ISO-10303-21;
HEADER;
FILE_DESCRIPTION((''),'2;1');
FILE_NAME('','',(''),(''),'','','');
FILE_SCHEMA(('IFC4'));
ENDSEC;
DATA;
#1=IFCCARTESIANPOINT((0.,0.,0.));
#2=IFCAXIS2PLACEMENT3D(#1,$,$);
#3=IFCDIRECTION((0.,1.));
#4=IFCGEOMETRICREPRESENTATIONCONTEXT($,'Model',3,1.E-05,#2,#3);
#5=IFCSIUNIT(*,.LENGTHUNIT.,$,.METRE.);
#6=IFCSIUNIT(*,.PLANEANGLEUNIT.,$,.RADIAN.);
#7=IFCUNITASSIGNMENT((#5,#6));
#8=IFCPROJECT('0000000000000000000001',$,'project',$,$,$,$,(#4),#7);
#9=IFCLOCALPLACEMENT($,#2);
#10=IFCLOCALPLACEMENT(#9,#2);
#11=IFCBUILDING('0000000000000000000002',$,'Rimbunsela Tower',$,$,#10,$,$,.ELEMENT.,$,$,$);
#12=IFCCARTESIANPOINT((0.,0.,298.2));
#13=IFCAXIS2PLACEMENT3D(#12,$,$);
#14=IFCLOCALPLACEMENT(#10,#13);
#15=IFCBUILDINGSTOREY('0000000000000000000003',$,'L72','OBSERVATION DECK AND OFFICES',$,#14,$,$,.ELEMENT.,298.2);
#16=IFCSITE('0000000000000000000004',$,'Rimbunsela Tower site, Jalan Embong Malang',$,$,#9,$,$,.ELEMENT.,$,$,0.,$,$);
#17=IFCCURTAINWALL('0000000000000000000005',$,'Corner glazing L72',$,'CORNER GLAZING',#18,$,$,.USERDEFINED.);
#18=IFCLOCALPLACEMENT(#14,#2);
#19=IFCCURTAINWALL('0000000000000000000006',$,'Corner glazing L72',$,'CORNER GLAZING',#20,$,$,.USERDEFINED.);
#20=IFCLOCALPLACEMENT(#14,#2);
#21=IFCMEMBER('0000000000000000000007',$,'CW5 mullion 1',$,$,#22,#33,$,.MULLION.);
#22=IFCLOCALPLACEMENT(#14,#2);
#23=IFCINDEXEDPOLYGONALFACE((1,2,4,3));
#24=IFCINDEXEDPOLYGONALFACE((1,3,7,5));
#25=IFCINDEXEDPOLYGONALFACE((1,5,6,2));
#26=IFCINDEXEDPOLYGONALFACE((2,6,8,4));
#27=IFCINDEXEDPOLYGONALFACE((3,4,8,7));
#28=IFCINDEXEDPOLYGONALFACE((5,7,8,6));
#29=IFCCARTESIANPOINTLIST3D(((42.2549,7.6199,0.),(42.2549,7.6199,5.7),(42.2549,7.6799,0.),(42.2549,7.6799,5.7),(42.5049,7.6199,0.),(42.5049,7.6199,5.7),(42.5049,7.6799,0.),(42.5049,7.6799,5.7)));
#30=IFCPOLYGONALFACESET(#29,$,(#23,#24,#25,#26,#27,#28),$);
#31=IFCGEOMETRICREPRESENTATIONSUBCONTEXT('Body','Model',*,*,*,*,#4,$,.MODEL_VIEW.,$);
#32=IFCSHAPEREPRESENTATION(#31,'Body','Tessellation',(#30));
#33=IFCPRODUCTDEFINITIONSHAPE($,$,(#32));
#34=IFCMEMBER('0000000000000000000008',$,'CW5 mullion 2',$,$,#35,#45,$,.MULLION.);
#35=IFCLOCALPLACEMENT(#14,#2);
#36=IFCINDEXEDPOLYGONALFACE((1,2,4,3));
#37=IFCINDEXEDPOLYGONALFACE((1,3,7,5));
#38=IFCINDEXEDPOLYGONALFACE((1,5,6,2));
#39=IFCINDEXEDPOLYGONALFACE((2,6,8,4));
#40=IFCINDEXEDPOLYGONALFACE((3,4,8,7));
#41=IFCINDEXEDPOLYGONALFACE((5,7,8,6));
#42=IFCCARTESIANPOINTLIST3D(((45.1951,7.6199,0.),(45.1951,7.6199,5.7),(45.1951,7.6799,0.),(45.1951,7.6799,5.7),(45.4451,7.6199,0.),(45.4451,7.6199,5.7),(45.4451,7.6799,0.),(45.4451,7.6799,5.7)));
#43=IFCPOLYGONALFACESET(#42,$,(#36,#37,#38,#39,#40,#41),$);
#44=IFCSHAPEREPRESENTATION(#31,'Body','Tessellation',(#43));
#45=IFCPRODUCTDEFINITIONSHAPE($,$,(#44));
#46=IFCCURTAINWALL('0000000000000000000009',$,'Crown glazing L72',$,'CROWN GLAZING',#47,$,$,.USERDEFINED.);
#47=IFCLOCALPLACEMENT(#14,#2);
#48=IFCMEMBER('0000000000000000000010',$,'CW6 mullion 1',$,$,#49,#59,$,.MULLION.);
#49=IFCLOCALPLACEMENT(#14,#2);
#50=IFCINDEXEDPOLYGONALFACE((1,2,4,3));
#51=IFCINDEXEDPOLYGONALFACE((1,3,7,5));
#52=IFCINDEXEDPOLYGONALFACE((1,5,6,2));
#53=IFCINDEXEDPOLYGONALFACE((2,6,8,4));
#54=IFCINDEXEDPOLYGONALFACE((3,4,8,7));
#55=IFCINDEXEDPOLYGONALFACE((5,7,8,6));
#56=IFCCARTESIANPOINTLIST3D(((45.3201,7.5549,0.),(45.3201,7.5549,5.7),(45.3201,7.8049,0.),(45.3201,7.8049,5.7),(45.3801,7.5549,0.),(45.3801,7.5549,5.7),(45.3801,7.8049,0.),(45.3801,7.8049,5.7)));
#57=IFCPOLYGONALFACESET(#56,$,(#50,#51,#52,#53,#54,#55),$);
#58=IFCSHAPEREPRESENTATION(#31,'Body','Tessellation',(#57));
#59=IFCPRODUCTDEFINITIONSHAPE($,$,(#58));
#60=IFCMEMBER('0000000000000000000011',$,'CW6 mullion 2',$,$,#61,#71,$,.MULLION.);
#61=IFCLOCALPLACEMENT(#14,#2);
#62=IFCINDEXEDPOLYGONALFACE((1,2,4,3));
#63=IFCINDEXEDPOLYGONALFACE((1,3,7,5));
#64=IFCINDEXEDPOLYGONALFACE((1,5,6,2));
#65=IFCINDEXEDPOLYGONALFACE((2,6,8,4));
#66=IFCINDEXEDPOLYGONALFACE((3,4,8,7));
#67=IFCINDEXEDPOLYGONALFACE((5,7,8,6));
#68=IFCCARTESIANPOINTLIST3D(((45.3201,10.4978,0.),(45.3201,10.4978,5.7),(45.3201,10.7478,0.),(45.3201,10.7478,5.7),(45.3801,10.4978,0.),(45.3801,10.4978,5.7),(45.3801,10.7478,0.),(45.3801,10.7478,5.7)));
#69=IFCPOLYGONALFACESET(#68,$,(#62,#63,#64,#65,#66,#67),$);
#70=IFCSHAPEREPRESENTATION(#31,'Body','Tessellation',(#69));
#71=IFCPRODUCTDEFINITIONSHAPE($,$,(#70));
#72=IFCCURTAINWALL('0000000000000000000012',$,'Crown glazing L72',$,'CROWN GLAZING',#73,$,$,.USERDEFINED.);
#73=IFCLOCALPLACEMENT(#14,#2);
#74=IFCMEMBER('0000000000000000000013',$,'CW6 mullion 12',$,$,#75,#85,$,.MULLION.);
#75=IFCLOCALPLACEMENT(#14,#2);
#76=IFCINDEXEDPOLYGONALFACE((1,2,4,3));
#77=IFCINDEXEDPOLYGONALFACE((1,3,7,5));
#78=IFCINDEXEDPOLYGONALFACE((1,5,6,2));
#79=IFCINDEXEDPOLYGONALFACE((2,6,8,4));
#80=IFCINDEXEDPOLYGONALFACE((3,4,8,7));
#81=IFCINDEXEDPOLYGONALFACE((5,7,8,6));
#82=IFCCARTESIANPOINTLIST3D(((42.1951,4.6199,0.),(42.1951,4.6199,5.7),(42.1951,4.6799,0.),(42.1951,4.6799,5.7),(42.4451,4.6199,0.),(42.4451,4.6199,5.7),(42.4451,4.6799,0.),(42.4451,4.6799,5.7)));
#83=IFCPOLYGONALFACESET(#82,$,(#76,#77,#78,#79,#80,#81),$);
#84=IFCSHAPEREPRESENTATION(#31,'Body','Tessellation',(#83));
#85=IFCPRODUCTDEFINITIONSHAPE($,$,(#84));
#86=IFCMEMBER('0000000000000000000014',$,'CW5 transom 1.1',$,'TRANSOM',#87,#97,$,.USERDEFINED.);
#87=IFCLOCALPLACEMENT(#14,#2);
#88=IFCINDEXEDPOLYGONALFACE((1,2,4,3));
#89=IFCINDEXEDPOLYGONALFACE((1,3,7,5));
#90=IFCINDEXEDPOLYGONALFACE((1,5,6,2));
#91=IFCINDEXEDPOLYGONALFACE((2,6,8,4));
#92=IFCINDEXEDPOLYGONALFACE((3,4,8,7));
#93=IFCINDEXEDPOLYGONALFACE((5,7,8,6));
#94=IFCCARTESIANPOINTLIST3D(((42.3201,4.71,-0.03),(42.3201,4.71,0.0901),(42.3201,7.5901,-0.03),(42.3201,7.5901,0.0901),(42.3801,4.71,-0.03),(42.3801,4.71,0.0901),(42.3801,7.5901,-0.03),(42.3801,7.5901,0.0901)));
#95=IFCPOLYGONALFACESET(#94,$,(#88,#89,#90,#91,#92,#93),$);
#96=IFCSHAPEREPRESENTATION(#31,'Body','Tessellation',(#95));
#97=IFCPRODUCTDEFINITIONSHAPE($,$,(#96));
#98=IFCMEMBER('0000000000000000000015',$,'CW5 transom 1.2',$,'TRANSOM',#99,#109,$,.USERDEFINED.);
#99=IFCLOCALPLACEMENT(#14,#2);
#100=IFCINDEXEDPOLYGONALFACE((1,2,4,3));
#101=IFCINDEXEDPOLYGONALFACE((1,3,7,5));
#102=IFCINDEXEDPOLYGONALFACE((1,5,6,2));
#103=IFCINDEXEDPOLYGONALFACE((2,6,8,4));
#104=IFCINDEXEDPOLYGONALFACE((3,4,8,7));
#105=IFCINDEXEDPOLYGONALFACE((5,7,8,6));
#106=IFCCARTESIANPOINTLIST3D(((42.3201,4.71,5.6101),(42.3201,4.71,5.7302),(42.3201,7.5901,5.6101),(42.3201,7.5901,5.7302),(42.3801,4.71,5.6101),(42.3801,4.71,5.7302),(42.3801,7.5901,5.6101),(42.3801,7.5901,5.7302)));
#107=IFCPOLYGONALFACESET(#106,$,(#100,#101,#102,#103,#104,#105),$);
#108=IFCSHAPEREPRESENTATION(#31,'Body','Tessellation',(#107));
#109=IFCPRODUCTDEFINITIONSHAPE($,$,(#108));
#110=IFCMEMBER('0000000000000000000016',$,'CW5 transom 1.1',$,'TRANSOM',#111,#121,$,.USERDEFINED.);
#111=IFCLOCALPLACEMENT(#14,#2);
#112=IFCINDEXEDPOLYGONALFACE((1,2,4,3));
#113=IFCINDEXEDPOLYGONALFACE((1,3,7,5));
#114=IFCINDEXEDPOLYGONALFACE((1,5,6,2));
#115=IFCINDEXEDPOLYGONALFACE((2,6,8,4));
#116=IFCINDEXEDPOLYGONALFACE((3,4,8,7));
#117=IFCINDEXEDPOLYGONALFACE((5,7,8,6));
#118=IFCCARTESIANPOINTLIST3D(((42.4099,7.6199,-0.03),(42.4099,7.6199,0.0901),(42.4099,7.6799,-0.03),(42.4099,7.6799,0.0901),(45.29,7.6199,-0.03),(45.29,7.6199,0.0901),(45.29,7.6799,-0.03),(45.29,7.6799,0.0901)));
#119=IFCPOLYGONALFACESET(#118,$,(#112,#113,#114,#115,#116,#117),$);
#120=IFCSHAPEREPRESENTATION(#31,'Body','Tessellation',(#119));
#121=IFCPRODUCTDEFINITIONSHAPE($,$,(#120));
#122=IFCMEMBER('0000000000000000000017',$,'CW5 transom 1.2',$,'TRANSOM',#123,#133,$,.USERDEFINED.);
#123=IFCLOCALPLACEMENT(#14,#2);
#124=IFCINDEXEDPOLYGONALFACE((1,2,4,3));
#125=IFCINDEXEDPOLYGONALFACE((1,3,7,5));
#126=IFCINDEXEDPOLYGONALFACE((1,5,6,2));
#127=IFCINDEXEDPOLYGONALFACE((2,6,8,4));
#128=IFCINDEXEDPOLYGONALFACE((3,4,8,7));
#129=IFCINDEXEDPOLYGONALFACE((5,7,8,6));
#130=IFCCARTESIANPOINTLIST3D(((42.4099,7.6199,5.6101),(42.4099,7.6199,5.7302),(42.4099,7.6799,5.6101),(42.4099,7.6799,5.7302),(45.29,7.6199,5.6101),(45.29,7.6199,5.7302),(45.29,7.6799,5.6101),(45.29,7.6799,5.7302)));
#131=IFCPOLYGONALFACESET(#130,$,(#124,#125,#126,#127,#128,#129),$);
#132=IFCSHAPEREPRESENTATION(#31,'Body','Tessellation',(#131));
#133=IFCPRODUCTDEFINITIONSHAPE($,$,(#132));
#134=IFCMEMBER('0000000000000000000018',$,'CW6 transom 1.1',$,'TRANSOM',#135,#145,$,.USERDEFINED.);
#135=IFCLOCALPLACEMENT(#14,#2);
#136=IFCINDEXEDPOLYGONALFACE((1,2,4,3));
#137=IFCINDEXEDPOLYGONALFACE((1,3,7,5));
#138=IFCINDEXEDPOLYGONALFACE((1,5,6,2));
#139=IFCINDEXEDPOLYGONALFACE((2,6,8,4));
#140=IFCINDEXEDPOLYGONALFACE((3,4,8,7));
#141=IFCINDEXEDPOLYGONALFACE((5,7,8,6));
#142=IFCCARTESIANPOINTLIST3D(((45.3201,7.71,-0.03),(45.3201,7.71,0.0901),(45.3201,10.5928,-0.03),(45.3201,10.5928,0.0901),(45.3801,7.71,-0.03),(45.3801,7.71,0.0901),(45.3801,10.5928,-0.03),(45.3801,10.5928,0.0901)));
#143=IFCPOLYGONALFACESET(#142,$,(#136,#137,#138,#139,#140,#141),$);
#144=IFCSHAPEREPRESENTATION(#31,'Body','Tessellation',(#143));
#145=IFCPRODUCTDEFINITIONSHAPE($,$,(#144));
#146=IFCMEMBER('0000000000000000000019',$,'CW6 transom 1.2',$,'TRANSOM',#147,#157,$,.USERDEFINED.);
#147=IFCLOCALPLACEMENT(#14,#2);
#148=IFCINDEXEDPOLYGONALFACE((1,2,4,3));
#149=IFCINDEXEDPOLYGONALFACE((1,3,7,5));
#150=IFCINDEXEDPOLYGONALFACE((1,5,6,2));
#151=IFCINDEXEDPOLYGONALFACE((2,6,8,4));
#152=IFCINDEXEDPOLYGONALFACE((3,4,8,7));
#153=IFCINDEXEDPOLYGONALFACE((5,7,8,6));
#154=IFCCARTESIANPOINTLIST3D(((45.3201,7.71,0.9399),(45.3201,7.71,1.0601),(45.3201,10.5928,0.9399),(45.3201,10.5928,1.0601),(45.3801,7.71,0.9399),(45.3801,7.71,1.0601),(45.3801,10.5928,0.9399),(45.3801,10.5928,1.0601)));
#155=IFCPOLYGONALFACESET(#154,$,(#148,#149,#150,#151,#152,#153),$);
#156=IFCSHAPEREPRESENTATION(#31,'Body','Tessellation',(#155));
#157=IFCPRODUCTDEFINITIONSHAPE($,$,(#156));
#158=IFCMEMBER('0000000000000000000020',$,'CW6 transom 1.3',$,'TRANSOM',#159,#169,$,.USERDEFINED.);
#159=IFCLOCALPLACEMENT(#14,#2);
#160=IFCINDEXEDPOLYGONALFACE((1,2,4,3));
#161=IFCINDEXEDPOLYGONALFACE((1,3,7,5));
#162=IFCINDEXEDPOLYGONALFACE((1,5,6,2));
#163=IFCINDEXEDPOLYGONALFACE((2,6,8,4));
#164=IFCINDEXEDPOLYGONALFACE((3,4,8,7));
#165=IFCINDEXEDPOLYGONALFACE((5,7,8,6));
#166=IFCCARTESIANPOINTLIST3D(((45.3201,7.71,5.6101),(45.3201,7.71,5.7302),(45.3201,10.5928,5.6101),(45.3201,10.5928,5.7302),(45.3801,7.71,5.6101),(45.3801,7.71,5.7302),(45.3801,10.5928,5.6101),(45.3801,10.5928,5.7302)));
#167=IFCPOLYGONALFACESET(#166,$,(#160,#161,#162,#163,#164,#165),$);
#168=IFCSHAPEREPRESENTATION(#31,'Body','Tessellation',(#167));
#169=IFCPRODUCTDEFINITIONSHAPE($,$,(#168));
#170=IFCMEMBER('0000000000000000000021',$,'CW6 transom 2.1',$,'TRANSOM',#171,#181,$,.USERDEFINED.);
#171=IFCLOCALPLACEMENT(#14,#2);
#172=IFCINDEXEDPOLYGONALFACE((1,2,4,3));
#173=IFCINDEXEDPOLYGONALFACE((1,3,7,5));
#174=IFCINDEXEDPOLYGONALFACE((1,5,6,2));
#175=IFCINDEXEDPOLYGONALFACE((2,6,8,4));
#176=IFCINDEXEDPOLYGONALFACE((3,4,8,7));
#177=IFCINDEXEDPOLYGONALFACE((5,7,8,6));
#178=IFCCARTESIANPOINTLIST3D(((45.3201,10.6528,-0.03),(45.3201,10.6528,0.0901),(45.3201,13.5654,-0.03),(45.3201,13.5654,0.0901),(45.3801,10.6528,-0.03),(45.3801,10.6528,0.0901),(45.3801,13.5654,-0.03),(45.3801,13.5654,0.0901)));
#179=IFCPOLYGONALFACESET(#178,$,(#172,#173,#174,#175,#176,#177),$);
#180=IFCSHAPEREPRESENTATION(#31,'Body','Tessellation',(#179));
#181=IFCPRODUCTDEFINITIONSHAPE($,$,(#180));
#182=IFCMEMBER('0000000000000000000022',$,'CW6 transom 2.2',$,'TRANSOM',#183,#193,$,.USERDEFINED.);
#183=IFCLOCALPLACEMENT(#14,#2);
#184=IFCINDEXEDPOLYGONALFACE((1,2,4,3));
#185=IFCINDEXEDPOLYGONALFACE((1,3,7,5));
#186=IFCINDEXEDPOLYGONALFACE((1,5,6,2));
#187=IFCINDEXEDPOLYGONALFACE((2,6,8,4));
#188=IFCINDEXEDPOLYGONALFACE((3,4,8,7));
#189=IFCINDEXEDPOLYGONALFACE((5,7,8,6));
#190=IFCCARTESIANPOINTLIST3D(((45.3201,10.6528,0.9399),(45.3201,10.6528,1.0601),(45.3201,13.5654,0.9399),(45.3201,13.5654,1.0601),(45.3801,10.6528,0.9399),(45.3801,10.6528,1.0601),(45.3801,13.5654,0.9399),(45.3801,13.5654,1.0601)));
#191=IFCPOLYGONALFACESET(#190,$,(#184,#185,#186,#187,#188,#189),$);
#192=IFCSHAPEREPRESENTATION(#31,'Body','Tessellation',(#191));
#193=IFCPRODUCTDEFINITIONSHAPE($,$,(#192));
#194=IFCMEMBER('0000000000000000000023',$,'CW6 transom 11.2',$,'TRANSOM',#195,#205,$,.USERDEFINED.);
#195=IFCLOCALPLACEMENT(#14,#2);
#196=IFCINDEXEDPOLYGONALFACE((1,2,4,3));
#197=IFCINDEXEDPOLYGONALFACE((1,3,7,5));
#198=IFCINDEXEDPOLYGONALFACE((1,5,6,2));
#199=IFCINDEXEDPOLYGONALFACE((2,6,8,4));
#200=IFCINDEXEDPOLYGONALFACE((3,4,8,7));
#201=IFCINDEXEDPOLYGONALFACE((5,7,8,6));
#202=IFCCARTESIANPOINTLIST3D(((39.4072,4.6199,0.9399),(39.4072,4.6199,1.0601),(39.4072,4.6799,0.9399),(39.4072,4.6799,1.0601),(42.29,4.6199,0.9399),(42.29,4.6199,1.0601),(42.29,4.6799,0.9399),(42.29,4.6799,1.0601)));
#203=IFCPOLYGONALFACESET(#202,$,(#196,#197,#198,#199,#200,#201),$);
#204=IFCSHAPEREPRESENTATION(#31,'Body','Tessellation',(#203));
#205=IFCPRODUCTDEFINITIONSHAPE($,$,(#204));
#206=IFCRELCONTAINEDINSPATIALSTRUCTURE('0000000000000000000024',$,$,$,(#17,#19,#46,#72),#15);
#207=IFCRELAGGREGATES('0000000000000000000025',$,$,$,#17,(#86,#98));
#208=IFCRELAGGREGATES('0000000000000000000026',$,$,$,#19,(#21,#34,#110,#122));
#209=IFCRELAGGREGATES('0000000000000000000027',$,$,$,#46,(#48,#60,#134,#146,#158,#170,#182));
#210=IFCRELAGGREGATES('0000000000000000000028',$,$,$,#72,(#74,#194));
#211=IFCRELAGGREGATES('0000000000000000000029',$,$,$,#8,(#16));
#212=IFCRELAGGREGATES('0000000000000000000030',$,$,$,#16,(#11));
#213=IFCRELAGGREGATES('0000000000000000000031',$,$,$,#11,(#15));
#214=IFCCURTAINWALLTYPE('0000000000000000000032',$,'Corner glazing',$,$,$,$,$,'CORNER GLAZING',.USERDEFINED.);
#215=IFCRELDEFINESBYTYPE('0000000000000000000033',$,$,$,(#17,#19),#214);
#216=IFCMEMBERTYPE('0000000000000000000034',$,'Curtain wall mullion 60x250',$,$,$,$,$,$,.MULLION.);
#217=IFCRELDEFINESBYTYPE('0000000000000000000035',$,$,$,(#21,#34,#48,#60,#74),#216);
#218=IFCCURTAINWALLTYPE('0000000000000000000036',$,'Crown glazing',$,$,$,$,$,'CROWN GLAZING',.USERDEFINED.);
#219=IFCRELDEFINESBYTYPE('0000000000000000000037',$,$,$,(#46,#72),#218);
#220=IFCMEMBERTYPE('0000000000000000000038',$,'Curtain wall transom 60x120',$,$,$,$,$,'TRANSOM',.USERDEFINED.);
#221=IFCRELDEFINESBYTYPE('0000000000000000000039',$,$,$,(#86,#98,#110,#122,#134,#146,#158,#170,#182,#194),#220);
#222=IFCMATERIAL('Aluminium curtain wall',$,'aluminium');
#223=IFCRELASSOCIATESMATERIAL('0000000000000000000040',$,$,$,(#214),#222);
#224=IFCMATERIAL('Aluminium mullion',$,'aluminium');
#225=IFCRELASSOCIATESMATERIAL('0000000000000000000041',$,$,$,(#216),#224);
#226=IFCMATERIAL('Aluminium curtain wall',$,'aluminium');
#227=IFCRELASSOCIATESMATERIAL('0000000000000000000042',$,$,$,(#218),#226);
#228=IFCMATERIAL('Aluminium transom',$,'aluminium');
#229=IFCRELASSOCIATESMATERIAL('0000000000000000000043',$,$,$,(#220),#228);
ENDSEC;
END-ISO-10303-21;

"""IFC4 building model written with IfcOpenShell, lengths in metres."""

from ifc_helpers import new_model, si_unit, direction, frame, origin, origin_2d, place, context, subcontext, project, spatial, rectangle, extrude, material, material_profile, profile_set, type_object, element, aggregate, save


model = new_model("IFC4")

# Units and contexts
model_context = context("Model", 3, precision=1e-05, world=origin(), true_north=direction((0.0, 1.0)))
body_context = subcontext(model_context, "Body", "Model", "MODEL_VIEW")
ifc_project = project(units=[si_unit("LENGTHUNIT", "METRE"), si_unit("PLANEANGLEUNIT", "RADIAN")], contexts=[model_context])

# Site, building, storey
site_placement = place(None, origin())
site = spatial("IfcSite", under=ifc_project, at=site_placement, Name="Rimbunsela Tower site, Jalan Embong Malang", CompositionType="ELEMENT", RefElevation=0.0)
building_placement = place(site_placement, origin())
building = spatial("IfcBuilding", under=site, at=building_placement, Name="Rimbunsela Tower", CompositionType="ELEMENT")
storey_placement = place(building_placement, frame((0.0, 0.0, 298.2)))
storey = spatial("IfcBuildingStorey", under=building, at=storey_placement, Name="L72", Description="OBSERVATION DECK AND OFFICES", CompositionType="ELEMENT", Elevation=298.2)

# Curtain walls, members
ifc_material_1 = material(Name="Aluminium curtain wall", Category="aluminium")
curtain_wall_type_1 = type_object("IfcCurtainWallType", Name="Corner glazing", ElementType="CORNER GLAZING", PredefinedType="USERDEFINED", material=ifc_material_1)
curtain_wall_1_placement = place(storey_placement, origin())
curtain_wall_1 = element("IfcCurtainWall", 1, at=curtain_wall_1_placement, inside=storey, type_object=curtain_wall_type_1, Name="Corner glazing L72", ObjectType="CORNER GLAZING", PredefinedType="USERDEFINED")
ifc_material_2 = material(Name="Aluminium mullion", Category="aluminium")
ifc_material_profile_1 = material_profile(ifc_material_2, rectangle(XDim=0.0601, YDim=0.25, at=origin_2d()), Name="Mullion 60x250")
ifc_profile_set_1 = profile_set([ifc_material_profile_1], Name="Aluminium mullion")
member_type_1 = type_object("IfcMemberType", Name="Curtain wall mullion 60x250", PredefinedType="MULLION", material=ifc_profile_set_1)
curtain_wall_2_placement = place(storey_placement, origin())
curtain_wall_2 = element("IfcCurtainWall", 2, at=curtain_wall_2_placement, inside=storey, type_object=curtain_wall_type_1, Name="Corner glazing L72", ObjectType="CORNER GLAZING", PredefinedType="USERDEFINED")
member_1_placement = place(storey_placement, frame((42.3799, 7.6499, 0.0), z_axis=(0.0, 0.0, 1.0), x_axis=(0.0, 1.0, 0.0)))
member_1 = element("IfcMember", 3, at=member_1_placement, type_object=member_type_1, Name="CW5 mullion 1", PredefinedType="MULLION", context=body_context, shape_type="SweptSolid", body=[
    extrude(rectangle(XDim=0.0601, YDim=0.25, at=origin_2d()), origin(), (0.0, 0.0, 1.0), 5.7),
])
member_2_placement = place(storey_placement, frame((45.3201, 7.6499, 0.0), z_axis=(0.0, 0.0, 1.0), x_axis=(0.0, 1.0, 0.0)))
member_2 = element("IfcMember", 4, at=member_2_placement, type_object=member_type_1, Name="CW5 mullion 2", PredefinedType="MULLION", context=body_context, shape_type="SweptSolid", body=[
    extrude(rectangle(XDim=0.0601, YDim=0.25, at=origin_2d()), origin(), (0.0, 0.0, 1.0), 5.7),
])
ifc_material_3 = material(Name="Aluminium curtain wall", Category="aluminium")
curtain_wall_type_2 = type_object("IfcCurtainWallType", Name="Crown glazing", ElementType="CROWN GLAZING", PredefinedType="USERDEFINED", material=ifc_material_3)
curtain_wall_3_placement = place(storey_placement, origin())
curtain_wall_3 = element("IfcCurtainWall", 5, at=curtain_wall_3_placement, inside=storey, type_object=curtain_wall_type_2, Name="Crown glazing L72", ObjectType="CROWN GLAZING", PredefinedType="USERDEFINED")
member_3_placement = place(storey_placement, frame((45.3501, 7.6799, 0.0), z_axis=(0.0, 0.0, 1.0), x_axis=(-1.0, 0.0, 0.0)))
member_3 = element("IfcMember", 6, at=member_3_placement, type_object=member_type_1, Name="CW6 mullion 1", PredefinedType="MULLION", context=body_context, shape_type="SweptSolid", body=[
    extrude(rectangle(XDim=0.0601, YDim=0.25, at=origin_2d()), origin(), (0.0, 0.0, 1.0), 5.7),
])
member_4_placement = place(storey_placement, frame((45.3501, 10.6228, 0.0), z_axis=(0.0, 0.0, 1.0), x_axis=(-1.0, 0.0, 0.0)))
member_4 = element("IfcMember", 7, at=member_4_placement, type_object=member_type_1, Name="CW6 mullion 2", PredefinedType="MULLION", context=body_context, shape_type="SweptSolid", body=[
    extrude(rectangle(XDim=0.0601, YDim=0.25, at=origin_2d()), origin(), (0.0, 0.0, 1.0), 5.7),
])

# Curtain wall, member
curtain_wall_4_placement = place(storey_placement, origin())
curtain_wall_4 = element("IfcCurtainWall", 8, at=curtain_wall_4_placement, inside=storey, type_object=curtain_wall_type_2, Name="Crown glazing L72", ObjectType="CROWN GLAZING", PredefinedType="USERDEFINED")
member_5_placement = place(storey_placement, frame((42.3201, 4.6499, 0.0), z_axis=(0.0, 0.0, 1.0), x_axis=(0.0, 1.0, 0.0)))
member_5 = element("IfcMember", 9, at=member_5_placement, type_object=member_type_1, Name="CW6 mullion 12", PredefinedType="MULLION", context=body_context, shape_type="SweptSolid", body=[
    extrude(rectangle(XDim=0.0601, YDim=0.25, at=origin_2d()), origin(), (0.0, 0.0, 1.0), 5.7),
])

# Members
ifc_material_4 = material(Name="Aluminium transom", Category="aluminium")
ifc_material_profile_2 = material_profile(ifc_material_4, rectangle(XDim=0.0601, YDim=0.1201, at=origin_2d()), Name="Transom 60x120")
ifc_profile_set_2 = profile_set([ifc_material_profile_2], Name="Aluminium transom")
member_type_2 = type_object("IfcMemberType", Name="Curtain wall transom 60x120", ElementType="TRANSOM", PredefinedType="USERDEFINED", material=ifc_profile_set_2)
member_6_placement = place(storey_placement, frame((42.3501, 4.71, 0.03), z_axis=(0.0, 1.0, 0.0), x_axis=(-1.0, 0.0, 0.0)))
member_6 = element("IfcMember", 10, at=member_6_placement, type_object=member_type_2, Name="CW5 transom 1.1", ObjectType="TRANSOM", PredefinedType="USERDEFINED", context=body_context, shape_type="SweptSolid", body=[
    extrude(rectangle(XDim=0.0601, YDim=0.1201, at=origin_2d()), origin(), (0.0, 0.0, 1.0), 2.8801),
])
member_7_placement = place(storey_placement, frame((42.3501, 4.71, 5.6702), z_axis=(0.0, 1.0, 0.0), x_axis=(-1.0, 0.0, 0.0)))
member_7 = element("IfcMember", 11, at=member_7_placement, type_object=member_type_2, Name="CW5 transom 1.2", ObjectType="TRANSOM", PredefinedType="USERDEFINED", context=body_context, shape_type="SweptSolid", body=[
    extrude(rectangle(XDim=0.0601, YDim=0.1201, at=origin_2d()), origin(), (0.0, 0.0, 1.0), 2.8801),
])
member_8_placement = place(storey_placement, frame((42.4099, 7.6499, 0.03), z_axis=(1.0, 0.0, 0.0), x_axis=(0.0, 1.0, 0.0)))
member_8 = element("IfcMember", 12, at=member_8_placement, type_object=member_type_2, Name="CW5 transom 1.1", ObjectType="TRANSOM", PredefinedType="USERDEFINED", context=body_context, shape_type="SweptSolid", body=[
    extrude(rectangle(XDim=0.0601, YDim=0.1201, at=origin_2d()), origin(), (0.0, 0.0, 1.0), 2.8801),
])
member_9_placement = place(storey_placement, frame((42.4099, 7.6499, 5.6702), z_axis=(1.0, 0.0, 0.0), x_axis=(0.0, 1.0, 0.0)))
member_9 = element("IfcMember", 13, at=member_9_placement, type_object=member_type_2, Name="CW5 transom 1.2", ObjectType="TRANSOM", PredefinedType="USERDEFINED", context=body_context, shape_type="SweptSolid", body=[
    extrude(rectangle(XDim=0.0601, YDim=0.1201, at=origin_2d()), origin(), (0.0, 0.0, 1.0), 2.8801),
])
member_10_placement = place(storey_placement, frame((45.3501, 7.71, 0.03), z_axis=(0.0, 1.0, 0.0), x_axis=(-1.0, 0.0, 0.0)))
member_10 = element("IfcMember", 14, at=member_10_placement, type_object=member_type_2, Name="CW6 transom 1.1", ObjectType="TRANSOM", PredefinedType="USERDEFINED", context=body_context, shape_type="SweptSolid", body=[
    extrude(rectangle(XDim=0.0601, YDim=0.1201, at=origin_2d()), origin(), (0.0, 0.0, 1.0), 2.8828),
])
member_11_placement = place(storey_placement, frame((45.3501, 7.71, 1.0), z_axis=(0.0, 1.0, 0.0), x_axis=(-1.0, 0.0, 0.0)))
member_11 = element("IfcMember", 15, at=member_11_placement, type_object=member_type_2, Name="CW6 transom 1.2", ObjectType="TRANSOM", PredefinedType="USERDEFINED", context=body_context, shape_type="SweptSolid", body=[
    extrude(rectangle(XDim=0.0601, YDim=0.1201, at=origin_2d()), origin(), (0.0, 0.0, 1.0), 2.8828),
])
member_12_placement = place(storey_placement, frame((45.3501, 7.71, 5.6702), z_axis=(0.0, 1.0, 0.0), x_axis=(-1.0, 0.0, 0.0)))
member_12 = element("IfcMember", 16, at=member_12_placement, type_object=member_type_2, Name="CW6 transom 1.3", ObjectType="TRANSOM", PredefinedType="USERDEFINED", context=body_context, shape_type="SweptSolid", body=[
    extrude(rectangle(XDim=0.0601, YDim=0.1201, at=origin_2d()), origin(), (0.0, 0.0, 1.0), 2.8828),
])
member_13_placement = place(storey_placement, frame((45.3501, 10.6528, 0.03), z_axis=(0.0, 1.0, 0.0), x_axis=(-1.0, 0.0, 0.0)))
member_13 = element("IfcMember", 17, at=member_13_placement, type_object=member_type_2, Name="CW6 transom 2.1", ObjectType="TRANSOM", PredefinedType="USERDEFINED", context=body_context, shape_type="SweptSolid", body=[
    extrude(rectangle(XDim=0.0601, YDim=0.1201, at=origin_2d()), origin(), (0.0, 0.0, 1.0), 2.9126),
])
member_14_placement = place(storey_placement, frame((45.3501, 10.6528, 1.0), z_axis=(0.0, 1.0, 0.0), x_axis=(-1.0, 0.0, 0.0)))
member_14 = element("IfcMember", 18, at=member_14_placement, type_object=member_type_2, Name="CW6 transom 2.2", ObjectType="TRANSOM", PredefinedType="USERDEFINED", context=body_context, shape_type="SweptSolid", body=[
    extrude(rectangle(XDim=0.0601, YDim=0.1201, at=origin_2d()), origin(), (0.0, 0.0, 1.0), 2.9126),
])
member_15_placement = place(storey_placement, frame((39.4072, 4.6499, 1.0), z_axis=(1.0, 0.0, 0.0), x_axis=(0.0, 1.0, 0.0)))
member_15 = element("IfcMember", 19, at=member_15_placement, type_object=member_type_2, Name="CW6 transom 11.2", ObjectType="TRANSOM", PredefinedType="USERDEFINED", context=body_context, shape_type="SweptSolid", body=[
    extrude(rectangle(XDim=0.0601, YDim=0.1201, at=origin_2d()), origin(), (0.0, 0.0, 1.0), 2.8828),
])

aggregate(curtain_wall_1, [member_6, member_7])
aggregate(curtain_wall_2, [member_1, member_2, member_8, member_9])
aggregate(curtain_wall_3, [member_3, member_4, member_10, member_11, member_12, member_13, member_14])
aggregate(curtain_wall_4, [member_5, member_15])

save(model, "model.ifc")
